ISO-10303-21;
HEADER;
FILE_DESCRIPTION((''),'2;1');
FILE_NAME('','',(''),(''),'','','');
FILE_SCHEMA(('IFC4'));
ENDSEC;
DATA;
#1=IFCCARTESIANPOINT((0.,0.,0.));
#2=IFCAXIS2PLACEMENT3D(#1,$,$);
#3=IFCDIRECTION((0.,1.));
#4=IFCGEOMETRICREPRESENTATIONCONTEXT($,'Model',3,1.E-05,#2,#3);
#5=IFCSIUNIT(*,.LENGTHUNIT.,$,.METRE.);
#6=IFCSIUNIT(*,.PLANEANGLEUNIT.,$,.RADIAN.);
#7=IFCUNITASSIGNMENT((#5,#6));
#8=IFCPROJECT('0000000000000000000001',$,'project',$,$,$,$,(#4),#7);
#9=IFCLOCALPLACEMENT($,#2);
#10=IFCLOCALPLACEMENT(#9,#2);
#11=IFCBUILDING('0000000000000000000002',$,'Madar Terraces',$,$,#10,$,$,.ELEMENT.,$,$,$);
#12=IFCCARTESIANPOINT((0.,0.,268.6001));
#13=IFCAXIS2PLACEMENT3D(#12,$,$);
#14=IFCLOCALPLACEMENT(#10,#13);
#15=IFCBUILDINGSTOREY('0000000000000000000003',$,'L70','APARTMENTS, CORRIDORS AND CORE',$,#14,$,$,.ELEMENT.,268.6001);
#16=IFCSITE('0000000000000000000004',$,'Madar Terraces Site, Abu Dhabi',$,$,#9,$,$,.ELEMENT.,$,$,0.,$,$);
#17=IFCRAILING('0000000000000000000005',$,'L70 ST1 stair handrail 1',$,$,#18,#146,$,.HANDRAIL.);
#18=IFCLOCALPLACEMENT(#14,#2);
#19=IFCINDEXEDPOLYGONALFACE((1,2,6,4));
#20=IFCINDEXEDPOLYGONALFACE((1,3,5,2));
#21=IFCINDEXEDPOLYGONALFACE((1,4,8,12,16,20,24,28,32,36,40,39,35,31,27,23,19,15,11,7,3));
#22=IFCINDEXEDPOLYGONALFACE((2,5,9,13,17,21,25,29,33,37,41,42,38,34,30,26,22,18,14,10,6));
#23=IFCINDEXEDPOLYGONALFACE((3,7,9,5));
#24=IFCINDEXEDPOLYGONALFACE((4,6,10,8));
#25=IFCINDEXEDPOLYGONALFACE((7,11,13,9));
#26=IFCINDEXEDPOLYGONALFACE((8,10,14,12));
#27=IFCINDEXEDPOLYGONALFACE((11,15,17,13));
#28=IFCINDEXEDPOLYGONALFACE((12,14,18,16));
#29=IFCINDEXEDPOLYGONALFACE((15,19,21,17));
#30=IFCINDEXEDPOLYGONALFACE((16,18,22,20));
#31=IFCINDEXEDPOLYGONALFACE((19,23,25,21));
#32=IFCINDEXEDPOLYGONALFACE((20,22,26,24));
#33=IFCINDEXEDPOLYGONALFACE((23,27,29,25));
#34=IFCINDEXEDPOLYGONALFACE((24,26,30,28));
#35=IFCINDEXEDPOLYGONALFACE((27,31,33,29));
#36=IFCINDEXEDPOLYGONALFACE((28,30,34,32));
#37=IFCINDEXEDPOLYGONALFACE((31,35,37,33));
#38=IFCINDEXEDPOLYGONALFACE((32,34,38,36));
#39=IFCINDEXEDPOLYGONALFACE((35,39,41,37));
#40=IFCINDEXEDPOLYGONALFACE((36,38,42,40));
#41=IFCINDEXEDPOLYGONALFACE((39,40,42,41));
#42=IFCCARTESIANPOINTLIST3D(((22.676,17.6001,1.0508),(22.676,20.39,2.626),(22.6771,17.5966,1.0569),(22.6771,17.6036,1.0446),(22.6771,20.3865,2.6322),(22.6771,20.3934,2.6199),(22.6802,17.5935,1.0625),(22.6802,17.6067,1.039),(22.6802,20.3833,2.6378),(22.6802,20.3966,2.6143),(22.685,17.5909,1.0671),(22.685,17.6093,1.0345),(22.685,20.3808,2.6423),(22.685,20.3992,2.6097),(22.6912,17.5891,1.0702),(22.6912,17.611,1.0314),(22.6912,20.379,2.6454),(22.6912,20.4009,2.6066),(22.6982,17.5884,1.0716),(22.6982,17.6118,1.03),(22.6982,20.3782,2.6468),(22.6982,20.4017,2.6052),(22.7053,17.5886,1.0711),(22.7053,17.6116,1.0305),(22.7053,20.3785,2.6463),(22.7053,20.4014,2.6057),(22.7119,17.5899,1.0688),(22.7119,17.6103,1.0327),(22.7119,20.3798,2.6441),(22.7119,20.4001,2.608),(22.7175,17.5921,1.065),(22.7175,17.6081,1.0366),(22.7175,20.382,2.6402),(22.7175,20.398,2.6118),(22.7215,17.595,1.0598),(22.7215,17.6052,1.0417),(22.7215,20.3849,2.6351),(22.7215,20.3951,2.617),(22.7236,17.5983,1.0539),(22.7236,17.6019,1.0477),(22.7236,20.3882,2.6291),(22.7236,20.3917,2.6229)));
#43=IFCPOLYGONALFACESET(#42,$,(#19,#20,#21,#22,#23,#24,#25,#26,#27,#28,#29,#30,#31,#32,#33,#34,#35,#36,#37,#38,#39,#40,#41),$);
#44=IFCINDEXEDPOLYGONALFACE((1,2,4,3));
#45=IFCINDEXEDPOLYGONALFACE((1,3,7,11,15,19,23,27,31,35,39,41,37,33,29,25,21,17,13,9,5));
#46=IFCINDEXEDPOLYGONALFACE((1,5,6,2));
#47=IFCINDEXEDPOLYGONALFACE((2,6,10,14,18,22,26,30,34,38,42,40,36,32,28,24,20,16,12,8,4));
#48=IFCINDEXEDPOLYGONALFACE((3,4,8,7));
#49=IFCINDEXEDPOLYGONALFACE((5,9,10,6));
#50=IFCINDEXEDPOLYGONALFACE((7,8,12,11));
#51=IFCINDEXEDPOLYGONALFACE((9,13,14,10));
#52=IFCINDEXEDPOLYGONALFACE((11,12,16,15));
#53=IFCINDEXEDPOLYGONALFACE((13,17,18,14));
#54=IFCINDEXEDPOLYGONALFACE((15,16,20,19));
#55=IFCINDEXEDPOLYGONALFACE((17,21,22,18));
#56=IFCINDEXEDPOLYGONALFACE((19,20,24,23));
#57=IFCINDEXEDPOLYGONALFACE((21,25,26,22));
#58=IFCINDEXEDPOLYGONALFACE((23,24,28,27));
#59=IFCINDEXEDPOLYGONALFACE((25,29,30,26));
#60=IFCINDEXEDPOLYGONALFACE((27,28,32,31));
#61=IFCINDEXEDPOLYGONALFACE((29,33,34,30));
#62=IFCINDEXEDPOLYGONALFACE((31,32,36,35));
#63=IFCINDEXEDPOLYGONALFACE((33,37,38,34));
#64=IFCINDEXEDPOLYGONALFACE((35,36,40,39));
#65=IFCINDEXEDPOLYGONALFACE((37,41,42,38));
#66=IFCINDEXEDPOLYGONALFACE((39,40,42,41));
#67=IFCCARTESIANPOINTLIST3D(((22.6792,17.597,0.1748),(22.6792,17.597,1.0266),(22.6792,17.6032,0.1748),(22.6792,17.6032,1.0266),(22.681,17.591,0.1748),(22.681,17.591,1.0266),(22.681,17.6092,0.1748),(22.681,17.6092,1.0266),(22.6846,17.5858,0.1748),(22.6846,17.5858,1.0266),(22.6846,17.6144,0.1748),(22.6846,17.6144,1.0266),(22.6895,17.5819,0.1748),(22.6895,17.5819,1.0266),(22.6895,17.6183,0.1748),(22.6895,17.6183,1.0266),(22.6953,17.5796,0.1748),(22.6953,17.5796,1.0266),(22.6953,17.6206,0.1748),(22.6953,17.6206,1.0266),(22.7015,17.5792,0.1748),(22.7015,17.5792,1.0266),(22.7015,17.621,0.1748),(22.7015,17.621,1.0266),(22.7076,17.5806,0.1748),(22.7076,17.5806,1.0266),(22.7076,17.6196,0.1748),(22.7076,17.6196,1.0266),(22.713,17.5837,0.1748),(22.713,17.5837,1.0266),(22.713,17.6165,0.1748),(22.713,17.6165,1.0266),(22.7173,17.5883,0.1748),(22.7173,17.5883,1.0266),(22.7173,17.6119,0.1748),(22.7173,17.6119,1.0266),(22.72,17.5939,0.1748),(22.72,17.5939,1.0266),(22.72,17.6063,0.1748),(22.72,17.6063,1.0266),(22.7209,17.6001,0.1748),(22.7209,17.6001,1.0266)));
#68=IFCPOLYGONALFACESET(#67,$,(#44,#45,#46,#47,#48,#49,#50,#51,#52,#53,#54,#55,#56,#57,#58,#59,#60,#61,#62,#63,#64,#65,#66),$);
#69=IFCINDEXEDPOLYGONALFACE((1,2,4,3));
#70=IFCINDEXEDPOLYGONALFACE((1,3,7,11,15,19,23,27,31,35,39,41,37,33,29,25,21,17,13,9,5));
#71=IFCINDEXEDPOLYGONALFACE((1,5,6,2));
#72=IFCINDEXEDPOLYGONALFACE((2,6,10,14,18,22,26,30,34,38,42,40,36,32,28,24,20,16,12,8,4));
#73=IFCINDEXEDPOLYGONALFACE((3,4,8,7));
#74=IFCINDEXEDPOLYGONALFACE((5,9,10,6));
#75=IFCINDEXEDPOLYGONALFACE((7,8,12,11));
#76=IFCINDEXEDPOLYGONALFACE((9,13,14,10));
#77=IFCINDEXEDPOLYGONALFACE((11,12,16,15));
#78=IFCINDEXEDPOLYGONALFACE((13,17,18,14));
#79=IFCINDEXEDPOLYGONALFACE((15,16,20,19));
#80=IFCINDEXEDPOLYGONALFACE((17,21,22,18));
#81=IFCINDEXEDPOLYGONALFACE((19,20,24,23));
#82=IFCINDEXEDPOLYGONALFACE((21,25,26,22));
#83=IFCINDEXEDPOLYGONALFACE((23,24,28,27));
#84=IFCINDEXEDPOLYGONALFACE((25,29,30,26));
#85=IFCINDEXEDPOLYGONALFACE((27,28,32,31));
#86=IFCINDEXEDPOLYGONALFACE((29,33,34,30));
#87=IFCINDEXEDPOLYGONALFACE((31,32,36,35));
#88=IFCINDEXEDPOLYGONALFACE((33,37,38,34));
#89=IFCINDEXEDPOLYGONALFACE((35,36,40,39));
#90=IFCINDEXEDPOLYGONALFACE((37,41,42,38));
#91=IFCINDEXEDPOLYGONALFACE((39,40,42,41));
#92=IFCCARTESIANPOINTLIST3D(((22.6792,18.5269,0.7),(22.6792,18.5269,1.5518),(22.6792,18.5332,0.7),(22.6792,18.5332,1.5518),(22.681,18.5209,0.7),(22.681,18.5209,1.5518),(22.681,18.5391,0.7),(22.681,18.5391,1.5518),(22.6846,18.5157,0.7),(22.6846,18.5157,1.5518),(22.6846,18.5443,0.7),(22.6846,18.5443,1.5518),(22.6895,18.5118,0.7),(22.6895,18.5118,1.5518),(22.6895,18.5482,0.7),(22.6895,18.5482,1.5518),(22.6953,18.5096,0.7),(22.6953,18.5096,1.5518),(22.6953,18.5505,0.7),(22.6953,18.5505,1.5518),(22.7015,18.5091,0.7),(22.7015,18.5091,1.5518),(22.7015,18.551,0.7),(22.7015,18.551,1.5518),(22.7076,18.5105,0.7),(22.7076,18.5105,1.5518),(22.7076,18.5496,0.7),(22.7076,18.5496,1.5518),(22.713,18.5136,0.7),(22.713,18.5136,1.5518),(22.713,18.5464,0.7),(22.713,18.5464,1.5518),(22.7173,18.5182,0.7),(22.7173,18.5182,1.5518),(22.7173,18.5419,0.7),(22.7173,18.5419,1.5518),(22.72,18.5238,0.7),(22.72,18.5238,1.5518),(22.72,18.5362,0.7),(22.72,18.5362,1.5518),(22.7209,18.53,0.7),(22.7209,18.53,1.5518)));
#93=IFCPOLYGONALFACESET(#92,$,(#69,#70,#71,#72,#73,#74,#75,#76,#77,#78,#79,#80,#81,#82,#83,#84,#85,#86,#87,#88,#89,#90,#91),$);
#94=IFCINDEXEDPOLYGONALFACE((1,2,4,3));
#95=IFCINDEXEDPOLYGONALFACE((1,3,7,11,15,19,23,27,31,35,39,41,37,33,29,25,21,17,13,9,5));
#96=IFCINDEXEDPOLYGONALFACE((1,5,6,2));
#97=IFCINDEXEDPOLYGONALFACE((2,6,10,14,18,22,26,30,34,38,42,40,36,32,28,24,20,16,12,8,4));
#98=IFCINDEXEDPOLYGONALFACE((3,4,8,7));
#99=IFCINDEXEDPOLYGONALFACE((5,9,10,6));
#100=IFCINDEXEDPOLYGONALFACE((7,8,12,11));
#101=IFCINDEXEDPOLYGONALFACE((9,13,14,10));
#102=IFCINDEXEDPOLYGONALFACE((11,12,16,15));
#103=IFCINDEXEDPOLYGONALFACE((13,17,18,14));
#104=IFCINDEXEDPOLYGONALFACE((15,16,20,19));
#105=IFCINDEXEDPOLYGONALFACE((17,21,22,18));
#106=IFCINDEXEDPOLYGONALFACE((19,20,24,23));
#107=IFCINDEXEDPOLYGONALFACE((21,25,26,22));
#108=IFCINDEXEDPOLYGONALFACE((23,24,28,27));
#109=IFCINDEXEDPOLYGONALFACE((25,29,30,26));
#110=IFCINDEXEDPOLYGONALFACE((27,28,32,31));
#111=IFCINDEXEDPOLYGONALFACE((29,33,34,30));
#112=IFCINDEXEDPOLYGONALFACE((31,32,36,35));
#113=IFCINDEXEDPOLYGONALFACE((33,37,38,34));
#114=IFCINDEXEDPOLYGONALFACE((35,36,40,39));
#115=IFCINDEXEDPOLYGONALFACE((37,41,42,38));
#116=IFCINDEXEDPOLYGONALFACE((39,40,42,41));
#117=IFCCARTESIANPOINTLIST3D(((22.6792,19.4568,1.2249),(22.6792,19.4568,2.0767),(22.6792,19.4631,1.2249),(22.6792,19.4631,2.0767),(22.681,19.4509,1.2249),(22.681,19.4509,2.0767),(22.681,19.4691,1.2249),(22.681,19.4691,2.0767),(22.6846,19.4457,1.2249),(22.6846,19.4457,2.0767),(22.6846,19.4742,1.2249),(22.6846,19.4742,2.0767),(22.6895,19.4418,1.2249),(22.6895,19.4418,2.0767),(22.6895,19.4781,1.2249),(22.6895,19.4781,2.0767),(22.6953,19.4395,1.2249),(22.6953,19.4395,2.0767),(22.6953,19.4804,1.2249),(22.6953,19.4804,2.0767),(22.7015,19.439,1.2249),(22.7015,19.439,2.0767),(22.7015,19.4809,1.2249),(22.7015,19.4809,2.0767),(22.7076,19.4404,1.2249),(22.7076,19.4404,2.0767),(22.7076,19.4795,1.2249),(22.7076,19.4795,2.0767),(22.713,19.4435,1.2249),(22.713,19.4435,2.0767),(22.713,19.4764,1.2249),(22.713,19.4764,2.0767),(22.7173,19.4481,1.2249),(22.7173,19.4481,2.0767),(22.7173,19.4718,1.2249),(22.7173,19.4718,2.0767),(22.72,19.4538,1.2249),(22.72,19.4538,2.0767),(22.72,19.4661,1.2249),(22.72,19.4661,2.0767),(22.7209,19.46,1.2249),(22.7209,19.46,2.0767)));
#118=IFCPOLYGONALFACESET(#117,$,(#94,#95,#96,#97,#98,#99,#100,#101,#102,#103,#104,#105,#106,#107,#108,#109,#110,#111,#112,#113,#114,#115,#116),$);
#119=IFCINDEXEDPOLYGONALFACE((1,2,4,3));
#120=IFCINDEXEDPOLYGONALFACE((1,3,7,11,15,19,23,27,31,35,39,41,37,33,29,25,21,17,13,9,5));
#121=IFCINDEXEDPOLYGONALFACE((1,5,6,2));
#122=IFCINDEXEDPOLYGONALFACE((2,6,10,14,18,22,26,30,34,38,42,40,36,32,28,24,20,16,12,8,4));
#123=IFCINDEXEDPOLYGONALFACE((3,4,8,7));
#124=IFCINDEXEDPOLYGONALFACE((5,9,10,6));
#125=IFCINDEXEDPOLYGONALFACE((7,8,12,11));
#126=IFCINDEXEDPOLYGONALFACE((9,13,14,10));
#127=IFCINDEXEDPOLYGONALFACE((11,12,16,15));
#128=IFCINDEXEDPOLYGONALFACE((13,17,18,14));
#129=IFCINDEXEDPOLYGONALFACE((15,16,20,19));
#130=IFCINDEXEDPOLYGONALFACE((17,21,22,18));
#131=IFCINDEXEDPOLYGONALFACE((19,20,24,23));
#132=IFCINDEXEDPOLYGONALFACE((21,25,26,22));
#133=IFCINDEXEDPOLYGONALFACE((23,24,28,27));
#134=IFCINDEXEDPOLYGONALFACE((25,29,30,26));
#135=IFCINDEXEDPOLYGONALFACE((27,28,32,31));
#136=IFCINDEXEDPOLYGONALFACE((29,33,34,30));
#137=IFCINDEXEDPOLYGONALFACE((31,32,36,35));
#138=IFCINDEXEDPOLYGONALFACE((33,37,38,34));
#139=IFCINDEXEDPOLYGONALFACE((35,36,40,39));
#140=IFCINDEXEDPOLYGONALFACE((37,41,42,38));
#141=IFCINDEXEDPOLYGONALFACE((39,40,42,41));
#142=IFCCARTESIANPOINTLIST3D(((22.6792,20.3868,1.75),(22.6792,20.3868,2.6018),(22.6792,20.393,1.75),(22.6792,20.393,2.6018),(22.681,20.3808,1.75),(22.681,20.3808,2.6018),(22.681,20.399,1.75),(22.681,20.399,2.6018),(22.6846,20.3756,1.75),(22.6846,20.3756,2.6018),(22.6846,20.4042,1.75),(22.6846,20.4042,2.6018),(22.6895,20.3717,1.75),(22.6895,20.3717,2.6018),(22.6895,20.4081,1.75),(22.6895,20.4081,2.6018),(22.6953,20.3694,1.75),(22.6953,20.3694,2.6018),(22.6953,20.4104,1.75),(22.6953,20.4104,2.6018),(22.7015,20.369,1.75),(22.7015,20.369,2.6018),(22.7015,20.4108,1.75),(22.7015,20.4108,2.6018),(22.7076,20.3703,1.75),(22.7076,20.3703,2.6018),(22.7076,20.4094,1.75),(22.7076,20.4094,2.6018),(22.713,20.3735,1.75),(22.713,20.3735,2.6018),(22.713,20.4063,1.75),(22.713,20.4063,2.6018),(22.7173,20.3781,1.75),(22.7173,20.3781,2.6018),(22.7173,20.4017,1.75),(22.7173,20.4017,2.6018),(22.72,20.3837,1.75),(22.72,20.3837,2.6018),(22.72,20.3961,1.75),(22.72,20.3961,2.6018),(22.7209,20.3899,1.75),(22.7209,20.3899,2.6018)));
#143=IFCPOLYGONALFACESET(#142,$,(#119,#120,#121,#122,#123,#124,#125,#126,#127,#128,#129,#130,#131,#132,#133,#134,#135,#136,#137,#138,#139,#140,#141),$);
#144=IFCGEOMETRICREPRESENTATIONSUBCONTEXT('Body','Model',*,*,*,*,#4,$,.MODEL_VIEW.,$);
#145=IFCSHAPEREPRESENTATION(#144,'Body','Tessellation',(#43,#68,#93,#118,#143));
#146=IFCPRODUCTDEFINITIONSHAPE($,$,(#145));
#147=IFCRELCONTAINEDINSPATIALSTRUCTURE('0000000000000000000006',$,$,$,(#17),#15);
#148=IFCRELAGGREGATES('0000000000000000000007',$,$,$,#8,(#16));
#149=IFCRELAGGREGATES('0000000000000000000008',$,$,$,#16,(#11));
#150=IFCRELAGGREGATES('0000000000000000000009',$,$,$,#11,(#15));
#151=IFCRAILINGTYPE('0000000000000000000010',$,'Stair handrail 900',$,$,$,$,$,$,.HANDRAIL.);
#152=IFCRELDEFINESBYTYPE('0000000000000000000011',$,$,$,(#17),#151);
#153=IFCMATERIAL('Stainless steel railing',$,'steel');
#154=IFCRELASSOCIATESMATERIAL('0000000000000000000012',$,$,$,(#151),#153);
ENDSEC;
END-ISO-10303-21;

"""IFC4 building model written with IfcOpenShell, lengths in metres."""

from ifc_helpers import new_model, si_unit, direction, frame, origin, origin_2d, place, context, subcontext, project, spatial, circle, extrude, material, type_object, element, save


model = new_model("IFC4")

# Units and contexts
model_context = context("Model", 3, precision=1e-05, world=origin(), true_north=direction((0.0, 1.0)))
body_context = subcontext(model_context, "Body", "Model", "MODEL_VIEW")
ifc_project = project(units=[si_unit("LENGTHUNIT", "METRE"), si_unit("PLANEANGLEUNIT", "RADIAN")], contexts=[model_context])

# Site, building, storey
site_placement = place(None, origin())
site = spatial("IfcSite", under=ifc_project, at=site_placement, Name="Madar Terraces Site, Abu Dhabi", CompositionType="ELEMENT", RefElevation=0.0)
building_placement = place(site_placement, origin())
building = spatial("IfcBuilding", under=site, at=building_placement, Name="Madar Terraces", CompositionType="ELEMENT")
storey_placement = place(building_placement, frame((0.0, 0.0, 268.6001)))
storey = spatial("IfcBuildingStorey", under=building, at=storey_placement, Name="L70", Description="APARTMENTS, CORRIDORS AND CORE", CompositionType="ELEMENT", Elevation=268.6001)

# Railing
ifc_material_1 = material(Name="Stainless steel railing", Category="steel")
railing_type_1 = type_object("IfcRailingType", Name="Stair handrail 900", PredefinedType="HANDRAIL", material=ifc_material_1)
railing_1_placement = place(storey_placement, frame((22.7, 17.6001, 0.1748)))
element("IfcRailing", 1, at=railing_1_placement, inside=storey, type_object=railing_type_1, Name="L70 ST1 stair handrail 1", PredefinedType="HANDRAIL", context=body_context, shape_type="SweptSolid", body=[
    extrude(circle(Radius=0.0239, at=origin_2d()), frame((0.0, 0.0, 0.876), z_axis=(0.0, 0.870783, 0.491668), x_axis=(-1.0, 0.0, 0.0)), (0.0, 0.0, 1.0), 3.2039),
    extrude(circle(Radius=0.021, at=origin_2d()), origin(), (0.0, 0.0, 1.0), 0.8518),
    extrude(circle(Radius=0.021, at=origin_2d()), frame((0.0, 0.9299, 0.5251)), (0.0, 0.0, 1.0), 0.8518),
    extrude(circle(Radius=0.021, at=origin_2d()), frame((0.0, 1.8599, 1.05)), (0.0, 0.0, 1.0), 0.8518),
    extrude(circle(Radius=0.021, at=origin_2d()), frame((0.0, 2.7898, 1.5752)), (0.0, 0.0, 1.0), 0.8518),
])

save(model, "model.ifc")
